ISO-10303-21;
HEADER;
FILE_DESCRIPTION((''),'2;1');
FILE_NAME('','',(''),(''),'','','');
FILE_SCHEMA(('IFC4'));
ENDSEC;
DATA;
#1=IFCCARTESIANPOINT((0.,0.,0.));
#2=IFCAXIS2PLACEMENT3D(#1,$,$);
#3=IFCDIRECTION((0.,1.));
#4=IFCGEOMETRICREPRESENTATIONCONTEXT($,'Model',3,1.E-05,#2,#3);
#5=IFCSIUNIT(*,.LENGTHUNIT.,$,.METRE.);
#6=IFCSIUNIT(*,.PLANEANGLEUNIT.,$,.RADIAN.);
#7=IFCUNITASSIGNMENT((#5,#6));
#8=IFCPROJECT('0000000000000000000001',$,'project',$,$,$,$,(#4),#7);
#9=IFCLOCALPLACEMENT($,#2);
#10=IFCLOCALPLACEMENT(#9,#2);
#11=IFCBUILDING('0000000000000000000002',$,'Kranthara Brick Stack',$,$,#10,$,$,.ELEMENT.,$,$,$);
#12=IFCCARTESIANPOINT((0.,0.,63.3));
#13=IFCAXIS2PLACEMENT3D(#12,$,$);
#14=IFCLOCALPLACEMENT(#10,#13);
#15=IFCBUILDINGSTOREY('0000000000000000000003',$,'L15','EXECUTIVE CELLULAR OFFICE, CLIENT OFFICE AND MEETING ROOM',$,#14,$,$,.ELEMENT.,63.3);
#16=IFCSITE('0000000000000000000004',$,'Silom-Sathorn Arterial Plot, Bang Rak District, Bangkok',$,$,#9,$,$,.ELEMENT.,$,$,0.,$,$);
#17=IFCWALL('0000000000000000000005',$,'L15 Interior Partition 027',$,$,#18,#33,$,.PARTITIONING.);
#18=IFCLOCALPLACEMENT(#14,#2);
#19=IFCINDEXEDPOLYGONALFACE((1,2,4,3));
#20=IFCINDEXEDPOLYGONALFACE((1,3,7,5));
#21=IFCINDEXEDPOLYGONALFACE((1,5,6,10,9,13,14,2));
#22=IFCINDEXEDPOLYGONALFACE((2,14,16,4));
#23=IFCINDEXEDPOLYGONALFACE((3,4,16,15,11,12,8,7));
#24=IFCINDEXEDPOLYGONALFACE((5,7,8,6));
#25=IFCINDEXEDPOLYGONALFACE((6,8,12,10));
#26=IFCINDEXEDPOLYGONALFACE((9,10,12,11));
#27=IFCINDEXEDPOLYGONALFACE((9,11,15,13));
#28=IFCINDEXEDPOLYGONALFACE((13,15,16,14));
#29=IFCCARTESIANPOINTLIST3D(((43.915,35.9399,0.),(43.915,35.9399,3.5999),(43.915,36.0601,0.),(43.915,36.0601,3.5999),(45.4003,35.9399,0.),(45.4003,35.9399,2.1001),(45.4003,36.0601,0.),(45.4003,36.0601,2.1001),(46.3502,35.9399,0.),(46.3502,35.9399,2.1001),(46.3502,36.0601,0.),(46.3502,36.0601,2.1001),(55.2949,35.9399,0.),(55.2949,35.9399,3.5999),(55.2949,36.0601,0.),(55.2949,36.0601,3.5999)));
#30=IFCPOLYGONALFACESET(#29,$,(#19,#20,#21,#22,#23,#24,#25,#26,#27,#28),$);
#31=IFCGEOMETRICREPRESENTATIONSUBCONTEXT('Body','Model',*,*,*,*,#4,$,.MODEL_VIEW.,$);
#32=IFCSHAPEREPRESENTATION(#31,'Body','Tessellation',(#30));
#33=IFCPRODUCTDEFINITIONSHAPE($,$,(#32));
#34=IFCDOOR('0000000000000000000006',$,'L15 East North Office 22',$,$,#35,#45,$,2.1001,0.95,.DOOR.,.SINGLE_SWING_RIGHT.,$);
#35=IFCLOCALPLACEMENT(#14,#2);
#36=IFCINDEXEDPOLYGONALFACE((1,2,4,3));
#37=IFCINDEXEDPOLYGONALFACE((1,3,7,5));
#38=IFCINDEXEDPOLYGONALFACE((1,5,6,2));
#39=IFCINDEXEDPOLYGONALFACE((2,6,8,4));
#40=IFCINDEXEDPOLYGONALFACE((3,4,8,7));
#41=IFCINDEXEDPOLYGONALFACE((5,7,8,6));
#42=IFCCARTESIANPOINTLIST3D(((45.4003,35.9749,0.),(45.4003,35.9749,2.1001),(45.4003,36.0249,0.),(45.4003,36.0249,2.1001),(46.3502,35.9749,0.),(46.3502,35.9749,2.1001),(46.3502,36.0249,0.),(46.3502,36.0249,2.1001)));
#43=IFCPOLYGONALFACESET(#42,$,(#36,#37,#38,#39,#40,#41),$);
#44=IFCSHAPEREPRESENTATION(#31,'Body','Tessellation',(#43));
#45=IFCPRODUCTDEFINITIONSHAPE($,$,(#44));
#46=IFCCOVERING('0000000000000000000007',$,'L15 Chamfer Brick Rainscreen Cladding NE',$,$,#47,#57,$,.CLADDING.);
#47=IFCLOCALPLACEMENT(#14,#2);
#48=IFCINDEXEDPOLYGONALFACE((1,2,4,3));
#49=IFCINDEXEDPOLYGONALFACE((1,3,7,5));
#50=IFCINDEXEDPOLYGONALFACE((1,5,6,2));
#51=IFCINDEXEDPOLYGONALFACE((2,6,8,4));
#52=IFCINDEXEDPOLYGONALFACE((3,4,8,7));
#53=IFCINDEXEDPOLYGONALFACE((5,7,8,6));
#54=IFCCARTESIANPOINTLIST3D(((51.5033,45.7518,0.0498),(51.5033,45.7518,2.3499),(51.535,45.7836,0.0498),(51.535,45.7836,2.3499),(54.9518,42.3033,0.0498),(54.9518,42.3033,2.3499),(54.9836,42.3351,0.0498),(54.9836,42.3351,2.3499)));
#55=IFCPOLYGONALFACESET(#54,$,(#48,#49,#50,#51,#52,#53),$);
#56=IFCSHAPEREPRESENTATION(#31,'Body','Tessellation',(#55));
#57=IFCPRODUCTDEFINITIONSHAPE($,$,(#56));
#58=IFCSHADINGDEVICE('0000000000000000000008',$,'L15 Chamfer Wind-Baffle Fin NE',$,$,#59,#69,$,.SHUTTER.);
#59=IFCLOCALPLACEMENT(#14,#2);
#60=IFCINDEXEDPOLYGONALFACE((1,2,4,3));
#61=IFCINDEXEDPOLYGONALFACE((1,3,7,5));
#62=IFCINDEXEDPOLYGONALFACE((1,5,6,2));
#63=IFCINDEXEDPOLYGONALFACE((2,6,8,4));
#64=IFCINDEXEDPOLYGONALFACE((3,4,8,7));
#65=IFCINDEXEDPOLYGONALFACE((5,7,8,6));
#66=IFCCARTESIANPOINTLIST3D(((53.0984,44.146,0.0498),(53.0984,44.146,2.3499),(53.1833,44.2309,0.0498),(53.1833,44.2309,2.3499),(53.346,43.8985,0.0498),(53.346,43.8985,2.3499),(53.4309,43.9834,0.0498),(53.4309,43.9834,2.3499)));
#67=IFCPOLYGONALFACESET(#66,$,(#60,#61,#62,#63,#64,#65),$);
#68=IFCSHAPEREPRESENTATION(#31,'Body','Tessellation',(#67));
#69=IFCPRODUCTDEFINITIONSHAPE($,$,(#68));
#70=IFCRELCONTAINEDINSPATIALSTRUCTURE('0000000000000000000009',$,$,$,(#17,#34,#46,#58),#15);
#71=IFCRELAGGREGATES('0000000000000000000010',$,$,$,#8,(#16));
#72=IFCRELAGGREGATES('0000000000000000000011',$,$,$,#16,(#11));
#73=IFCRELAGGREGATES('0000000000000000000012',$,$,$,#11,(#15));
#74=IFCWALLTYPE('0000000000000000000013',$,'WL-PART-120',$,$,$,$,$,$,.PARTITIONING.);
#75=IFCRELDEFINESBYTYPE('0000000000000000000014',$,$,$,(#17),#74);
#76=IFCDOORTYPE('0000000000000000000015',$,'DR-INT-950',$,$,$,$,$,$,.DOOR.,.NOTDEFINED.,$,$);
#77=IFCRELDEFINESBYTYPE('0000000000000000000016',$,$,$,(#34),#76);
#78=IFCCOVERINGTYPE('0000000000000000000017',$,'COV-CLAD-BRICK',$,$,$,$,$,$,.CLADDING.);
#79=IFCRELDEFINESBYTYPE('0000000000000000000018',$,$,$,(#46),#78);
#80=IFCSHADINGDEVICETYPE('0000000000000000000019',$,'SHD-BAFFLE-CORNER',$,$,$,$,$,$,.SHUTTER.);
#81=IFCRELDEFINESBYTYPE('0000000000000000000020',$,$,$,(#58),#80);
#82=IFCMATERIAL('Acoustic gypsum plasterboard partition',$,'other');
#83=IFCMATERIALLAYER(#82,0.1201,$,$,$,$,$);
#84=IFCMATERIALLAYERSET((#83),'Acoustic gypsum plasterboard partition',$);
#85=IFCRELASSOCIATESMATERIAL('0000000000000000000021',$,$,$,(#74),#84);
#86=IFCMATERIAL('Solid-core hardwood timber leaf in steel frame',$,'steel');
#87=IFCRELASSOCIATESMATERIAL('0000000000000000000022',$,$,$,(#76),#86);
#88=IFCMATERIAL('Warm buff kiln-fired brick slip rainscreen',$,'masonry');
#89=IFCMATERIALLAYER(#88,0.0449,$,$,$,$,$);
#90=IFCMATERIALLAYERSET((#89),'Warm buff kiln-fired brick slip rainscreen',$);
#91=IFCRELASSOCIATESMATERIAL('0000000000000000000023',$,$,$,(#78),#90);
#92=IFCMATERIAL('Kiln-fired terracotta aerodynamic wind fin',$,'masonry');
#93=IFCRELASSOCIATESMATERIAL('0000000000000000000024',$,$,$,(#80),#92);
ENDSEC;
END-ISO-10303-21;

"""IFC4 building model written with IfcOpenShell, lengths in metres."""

from ifc_helpers import new_model, si_unit, direction, frame, frame_2d, origin, origin_2d, place, context, subcontext, project, spatial, rectangle, extrude, material, layer, layer_set, type_object, element, fill, save


model = new_model("IFC4")

# Units and contexts
model_context = context("Model", 3, precision=1e-05, world=origin(), true_north=direction((0.0, 1.0)))
body_context = subcontext(model_context, "Body", "Model", "MODEL_VIEW")
ifc_project = project(units=[si_unit("LENGTHUNIT", "METRE"), si_unit("PLANEANGLEUNIT", "RADIAN")], contexts=[model_context])

# Site, building, storey
site_placement = place(None, origin())
site = spatial("IfcSite", under=ifc_project, at=site_placement, Name="Silom-Sathorn Arterial Plot, Bang Rak District, Bangkok", CompositionType="ELEMENT", RefElevation=0.0)
building_placement = place(site_placement, origin())
building = spatial("IfcBuilding", under=site, at=building_placement, Name="Kranthara Brick Stack", CompositionType="ELEMENT")
storey_placement = place(building_placement, frame((0.0, 0.0, 63.3)))
storey = spatial("IfcBuildingStorey", under=building, at=storey_placement, Name="L15", Description="EXECUTIVE CELLULAR OFFICE, CLIENT OFFICE AND MEETING ROOM", CompositionType="ELEMENT", Elevation=63.3)

# Shared definitions
ifc_material_1 = material(Name="Acoustic gypsum plasterboard partition", Category="other")
ifc_layer_1 = layer(ifc_material_1, 0.1201)
ifc_layer_set_1 = layer_set([ifc_layer_1], Name="Acoustic gypsum plasterboard partition")
wall_type_1 = type_object("IfcWallType", Name="WL-PART-120", PredefinedType="PARTITIONING", material=ifc_layer_set_1)

# Wall, opening, door
wall_1_placement = place(storey_placement, frame((43.915, 36.0, 0.0), z_axis=(0.0, 0.0, 1.0), x_axis=(1.0, 0.0, 0.0)))
wall_1 = element("IfcWall", 1, at=wall_1_placement, inside=storey, type_object=wall_type_1, Name="L15 Interior Partition 027", PredefinedType="PARTITIONING", context=body_context, shape_type="SweptSolid", body=[
    extrude(rectangle(XDim=11.3799, YDim=0.1201, at=frame_2d((5.6899, 0.0))), origin(), (0.0, 0.0, 1.0), 3.5999),
])
opening_1_placement = place(wall_1_placement, frame((1.4851, 0.0, 0.0)))
opening_1 = element("IfcOpeningElement", 2, at=opening_1_placement, cuts=wall_1, PredefinedType="OPENING", context=body_context, shape_type="SweptSolid", body=[
    extrude(rectangle(XDim=0.95, YDim=2.1001, at=frame_2d((0.4751, 1.05))), frame((0.0, 0.0701, 0.0), z_axis=(0.0, -1.0, 0.0), x_axis=(1.0, 0.0, 0.0)), (0.0, 0.0, 1.0), 0.1401),
])
ifc_material_2 = material(Name="Solid-core hardwood timber leaf in steel frame", Category="steel")
door_type = type_object("IfcDoorType", Name="DR-INT-950", OperationType="NOTDEFINED", PredefinedType="DOOR", material=ifc_material_2)
door_placement = place(opening_1_placement, origin())
door = element("IfcDoor", 3, at=door_placement, inside=storey, type_object=door_type, Name="L15 East North Office 22", OperationType="SINGLE_SWING_RIGHT", OverallHeight=2.1001, OverallWidth=0.95, PredefinedType="DOOR", context=body_context, shape_type="SweptSolid", body=[
    extrude(rectangle(XDim=0.95, YDim=2.1001, at=frame_2d((0.4751, 1.05))), frame((0.0, 0.0249, 0.0), z_axis=(0.0, -1.0, 0.0), x_axis=(1.0, 0.0, 0.0)), (0.0, 0.0, 1.0), 0.05),
])
fill(opening_1, door)

# Covering
ifc_material_3 = material(Name="Warm buff kiln-fired brick slip rainscreen", Category="masonry")
ifc_layer_2 = layer(ifc_material_3, 0.0449)
ifc_layer_set_2 = layer_set([ifc_layer_2], Name="Warm buff kiln-fired brick slip rainscreen")
covering_type = type_object("IfcCoveringType", Name="COV-CLAD-BRICK", PredefinedType="CLADDING", material=ifc_layer_set_2)
covering_placement = place(storey_placement, frame((53.2434, 44.0435, 0.0498), z_axis=(0.0, 0.0, 1.0), x_axis=(0.707107, -0.707107, 0.0)))
element("IfcCovering", 4, at=covering_placement, inside=storey, type_object=covering_type, Name="L15 Chamfer Brick Rainscreen Cladding NE", PredefinedType="CLADDING", context=body_context, shape_type="SweptSolid", body=[
    extrude(rectangle(XDim=4.877, YDim=0.0449, at=origin_2d()), origin(), (0.0, 0.0, 1.0), 2.3),
])

# Shading device
ifc_material_4 = material(Name="Kiln-fired terracotta aerodynamic wind fin", Category="masonry")
shading_device_type = type_object("IfcShadingDeviceType", Name="SHD-BAFFLE-CORNER", PredefinedType="SHUTTER", material=ifc_material_4)
shading_device_placement = place(storey_placement, frame((53.2646, 44.0647, 0.0498), z_axis=(0.0, 0.0, 1.0), x_axis=(0.707107, -0.707107, 0.0)))
element("IfcShadingDevice", 5, at=shading_device_placement, inside=storey, type_object=shading_device_type, Name="L15 Chamfer Wind-Baffle Fin NE", PredefinedType="SHUTTER", context=body_context, shape_type="SweptSolid", body=[
    extrude(rectangle(XDim=0.3501, YDim=0.1201, at=origin_2d()), origin(), (0.0, 0.0, 1.0), 2.3),
])

save(model, "model.ifc")
